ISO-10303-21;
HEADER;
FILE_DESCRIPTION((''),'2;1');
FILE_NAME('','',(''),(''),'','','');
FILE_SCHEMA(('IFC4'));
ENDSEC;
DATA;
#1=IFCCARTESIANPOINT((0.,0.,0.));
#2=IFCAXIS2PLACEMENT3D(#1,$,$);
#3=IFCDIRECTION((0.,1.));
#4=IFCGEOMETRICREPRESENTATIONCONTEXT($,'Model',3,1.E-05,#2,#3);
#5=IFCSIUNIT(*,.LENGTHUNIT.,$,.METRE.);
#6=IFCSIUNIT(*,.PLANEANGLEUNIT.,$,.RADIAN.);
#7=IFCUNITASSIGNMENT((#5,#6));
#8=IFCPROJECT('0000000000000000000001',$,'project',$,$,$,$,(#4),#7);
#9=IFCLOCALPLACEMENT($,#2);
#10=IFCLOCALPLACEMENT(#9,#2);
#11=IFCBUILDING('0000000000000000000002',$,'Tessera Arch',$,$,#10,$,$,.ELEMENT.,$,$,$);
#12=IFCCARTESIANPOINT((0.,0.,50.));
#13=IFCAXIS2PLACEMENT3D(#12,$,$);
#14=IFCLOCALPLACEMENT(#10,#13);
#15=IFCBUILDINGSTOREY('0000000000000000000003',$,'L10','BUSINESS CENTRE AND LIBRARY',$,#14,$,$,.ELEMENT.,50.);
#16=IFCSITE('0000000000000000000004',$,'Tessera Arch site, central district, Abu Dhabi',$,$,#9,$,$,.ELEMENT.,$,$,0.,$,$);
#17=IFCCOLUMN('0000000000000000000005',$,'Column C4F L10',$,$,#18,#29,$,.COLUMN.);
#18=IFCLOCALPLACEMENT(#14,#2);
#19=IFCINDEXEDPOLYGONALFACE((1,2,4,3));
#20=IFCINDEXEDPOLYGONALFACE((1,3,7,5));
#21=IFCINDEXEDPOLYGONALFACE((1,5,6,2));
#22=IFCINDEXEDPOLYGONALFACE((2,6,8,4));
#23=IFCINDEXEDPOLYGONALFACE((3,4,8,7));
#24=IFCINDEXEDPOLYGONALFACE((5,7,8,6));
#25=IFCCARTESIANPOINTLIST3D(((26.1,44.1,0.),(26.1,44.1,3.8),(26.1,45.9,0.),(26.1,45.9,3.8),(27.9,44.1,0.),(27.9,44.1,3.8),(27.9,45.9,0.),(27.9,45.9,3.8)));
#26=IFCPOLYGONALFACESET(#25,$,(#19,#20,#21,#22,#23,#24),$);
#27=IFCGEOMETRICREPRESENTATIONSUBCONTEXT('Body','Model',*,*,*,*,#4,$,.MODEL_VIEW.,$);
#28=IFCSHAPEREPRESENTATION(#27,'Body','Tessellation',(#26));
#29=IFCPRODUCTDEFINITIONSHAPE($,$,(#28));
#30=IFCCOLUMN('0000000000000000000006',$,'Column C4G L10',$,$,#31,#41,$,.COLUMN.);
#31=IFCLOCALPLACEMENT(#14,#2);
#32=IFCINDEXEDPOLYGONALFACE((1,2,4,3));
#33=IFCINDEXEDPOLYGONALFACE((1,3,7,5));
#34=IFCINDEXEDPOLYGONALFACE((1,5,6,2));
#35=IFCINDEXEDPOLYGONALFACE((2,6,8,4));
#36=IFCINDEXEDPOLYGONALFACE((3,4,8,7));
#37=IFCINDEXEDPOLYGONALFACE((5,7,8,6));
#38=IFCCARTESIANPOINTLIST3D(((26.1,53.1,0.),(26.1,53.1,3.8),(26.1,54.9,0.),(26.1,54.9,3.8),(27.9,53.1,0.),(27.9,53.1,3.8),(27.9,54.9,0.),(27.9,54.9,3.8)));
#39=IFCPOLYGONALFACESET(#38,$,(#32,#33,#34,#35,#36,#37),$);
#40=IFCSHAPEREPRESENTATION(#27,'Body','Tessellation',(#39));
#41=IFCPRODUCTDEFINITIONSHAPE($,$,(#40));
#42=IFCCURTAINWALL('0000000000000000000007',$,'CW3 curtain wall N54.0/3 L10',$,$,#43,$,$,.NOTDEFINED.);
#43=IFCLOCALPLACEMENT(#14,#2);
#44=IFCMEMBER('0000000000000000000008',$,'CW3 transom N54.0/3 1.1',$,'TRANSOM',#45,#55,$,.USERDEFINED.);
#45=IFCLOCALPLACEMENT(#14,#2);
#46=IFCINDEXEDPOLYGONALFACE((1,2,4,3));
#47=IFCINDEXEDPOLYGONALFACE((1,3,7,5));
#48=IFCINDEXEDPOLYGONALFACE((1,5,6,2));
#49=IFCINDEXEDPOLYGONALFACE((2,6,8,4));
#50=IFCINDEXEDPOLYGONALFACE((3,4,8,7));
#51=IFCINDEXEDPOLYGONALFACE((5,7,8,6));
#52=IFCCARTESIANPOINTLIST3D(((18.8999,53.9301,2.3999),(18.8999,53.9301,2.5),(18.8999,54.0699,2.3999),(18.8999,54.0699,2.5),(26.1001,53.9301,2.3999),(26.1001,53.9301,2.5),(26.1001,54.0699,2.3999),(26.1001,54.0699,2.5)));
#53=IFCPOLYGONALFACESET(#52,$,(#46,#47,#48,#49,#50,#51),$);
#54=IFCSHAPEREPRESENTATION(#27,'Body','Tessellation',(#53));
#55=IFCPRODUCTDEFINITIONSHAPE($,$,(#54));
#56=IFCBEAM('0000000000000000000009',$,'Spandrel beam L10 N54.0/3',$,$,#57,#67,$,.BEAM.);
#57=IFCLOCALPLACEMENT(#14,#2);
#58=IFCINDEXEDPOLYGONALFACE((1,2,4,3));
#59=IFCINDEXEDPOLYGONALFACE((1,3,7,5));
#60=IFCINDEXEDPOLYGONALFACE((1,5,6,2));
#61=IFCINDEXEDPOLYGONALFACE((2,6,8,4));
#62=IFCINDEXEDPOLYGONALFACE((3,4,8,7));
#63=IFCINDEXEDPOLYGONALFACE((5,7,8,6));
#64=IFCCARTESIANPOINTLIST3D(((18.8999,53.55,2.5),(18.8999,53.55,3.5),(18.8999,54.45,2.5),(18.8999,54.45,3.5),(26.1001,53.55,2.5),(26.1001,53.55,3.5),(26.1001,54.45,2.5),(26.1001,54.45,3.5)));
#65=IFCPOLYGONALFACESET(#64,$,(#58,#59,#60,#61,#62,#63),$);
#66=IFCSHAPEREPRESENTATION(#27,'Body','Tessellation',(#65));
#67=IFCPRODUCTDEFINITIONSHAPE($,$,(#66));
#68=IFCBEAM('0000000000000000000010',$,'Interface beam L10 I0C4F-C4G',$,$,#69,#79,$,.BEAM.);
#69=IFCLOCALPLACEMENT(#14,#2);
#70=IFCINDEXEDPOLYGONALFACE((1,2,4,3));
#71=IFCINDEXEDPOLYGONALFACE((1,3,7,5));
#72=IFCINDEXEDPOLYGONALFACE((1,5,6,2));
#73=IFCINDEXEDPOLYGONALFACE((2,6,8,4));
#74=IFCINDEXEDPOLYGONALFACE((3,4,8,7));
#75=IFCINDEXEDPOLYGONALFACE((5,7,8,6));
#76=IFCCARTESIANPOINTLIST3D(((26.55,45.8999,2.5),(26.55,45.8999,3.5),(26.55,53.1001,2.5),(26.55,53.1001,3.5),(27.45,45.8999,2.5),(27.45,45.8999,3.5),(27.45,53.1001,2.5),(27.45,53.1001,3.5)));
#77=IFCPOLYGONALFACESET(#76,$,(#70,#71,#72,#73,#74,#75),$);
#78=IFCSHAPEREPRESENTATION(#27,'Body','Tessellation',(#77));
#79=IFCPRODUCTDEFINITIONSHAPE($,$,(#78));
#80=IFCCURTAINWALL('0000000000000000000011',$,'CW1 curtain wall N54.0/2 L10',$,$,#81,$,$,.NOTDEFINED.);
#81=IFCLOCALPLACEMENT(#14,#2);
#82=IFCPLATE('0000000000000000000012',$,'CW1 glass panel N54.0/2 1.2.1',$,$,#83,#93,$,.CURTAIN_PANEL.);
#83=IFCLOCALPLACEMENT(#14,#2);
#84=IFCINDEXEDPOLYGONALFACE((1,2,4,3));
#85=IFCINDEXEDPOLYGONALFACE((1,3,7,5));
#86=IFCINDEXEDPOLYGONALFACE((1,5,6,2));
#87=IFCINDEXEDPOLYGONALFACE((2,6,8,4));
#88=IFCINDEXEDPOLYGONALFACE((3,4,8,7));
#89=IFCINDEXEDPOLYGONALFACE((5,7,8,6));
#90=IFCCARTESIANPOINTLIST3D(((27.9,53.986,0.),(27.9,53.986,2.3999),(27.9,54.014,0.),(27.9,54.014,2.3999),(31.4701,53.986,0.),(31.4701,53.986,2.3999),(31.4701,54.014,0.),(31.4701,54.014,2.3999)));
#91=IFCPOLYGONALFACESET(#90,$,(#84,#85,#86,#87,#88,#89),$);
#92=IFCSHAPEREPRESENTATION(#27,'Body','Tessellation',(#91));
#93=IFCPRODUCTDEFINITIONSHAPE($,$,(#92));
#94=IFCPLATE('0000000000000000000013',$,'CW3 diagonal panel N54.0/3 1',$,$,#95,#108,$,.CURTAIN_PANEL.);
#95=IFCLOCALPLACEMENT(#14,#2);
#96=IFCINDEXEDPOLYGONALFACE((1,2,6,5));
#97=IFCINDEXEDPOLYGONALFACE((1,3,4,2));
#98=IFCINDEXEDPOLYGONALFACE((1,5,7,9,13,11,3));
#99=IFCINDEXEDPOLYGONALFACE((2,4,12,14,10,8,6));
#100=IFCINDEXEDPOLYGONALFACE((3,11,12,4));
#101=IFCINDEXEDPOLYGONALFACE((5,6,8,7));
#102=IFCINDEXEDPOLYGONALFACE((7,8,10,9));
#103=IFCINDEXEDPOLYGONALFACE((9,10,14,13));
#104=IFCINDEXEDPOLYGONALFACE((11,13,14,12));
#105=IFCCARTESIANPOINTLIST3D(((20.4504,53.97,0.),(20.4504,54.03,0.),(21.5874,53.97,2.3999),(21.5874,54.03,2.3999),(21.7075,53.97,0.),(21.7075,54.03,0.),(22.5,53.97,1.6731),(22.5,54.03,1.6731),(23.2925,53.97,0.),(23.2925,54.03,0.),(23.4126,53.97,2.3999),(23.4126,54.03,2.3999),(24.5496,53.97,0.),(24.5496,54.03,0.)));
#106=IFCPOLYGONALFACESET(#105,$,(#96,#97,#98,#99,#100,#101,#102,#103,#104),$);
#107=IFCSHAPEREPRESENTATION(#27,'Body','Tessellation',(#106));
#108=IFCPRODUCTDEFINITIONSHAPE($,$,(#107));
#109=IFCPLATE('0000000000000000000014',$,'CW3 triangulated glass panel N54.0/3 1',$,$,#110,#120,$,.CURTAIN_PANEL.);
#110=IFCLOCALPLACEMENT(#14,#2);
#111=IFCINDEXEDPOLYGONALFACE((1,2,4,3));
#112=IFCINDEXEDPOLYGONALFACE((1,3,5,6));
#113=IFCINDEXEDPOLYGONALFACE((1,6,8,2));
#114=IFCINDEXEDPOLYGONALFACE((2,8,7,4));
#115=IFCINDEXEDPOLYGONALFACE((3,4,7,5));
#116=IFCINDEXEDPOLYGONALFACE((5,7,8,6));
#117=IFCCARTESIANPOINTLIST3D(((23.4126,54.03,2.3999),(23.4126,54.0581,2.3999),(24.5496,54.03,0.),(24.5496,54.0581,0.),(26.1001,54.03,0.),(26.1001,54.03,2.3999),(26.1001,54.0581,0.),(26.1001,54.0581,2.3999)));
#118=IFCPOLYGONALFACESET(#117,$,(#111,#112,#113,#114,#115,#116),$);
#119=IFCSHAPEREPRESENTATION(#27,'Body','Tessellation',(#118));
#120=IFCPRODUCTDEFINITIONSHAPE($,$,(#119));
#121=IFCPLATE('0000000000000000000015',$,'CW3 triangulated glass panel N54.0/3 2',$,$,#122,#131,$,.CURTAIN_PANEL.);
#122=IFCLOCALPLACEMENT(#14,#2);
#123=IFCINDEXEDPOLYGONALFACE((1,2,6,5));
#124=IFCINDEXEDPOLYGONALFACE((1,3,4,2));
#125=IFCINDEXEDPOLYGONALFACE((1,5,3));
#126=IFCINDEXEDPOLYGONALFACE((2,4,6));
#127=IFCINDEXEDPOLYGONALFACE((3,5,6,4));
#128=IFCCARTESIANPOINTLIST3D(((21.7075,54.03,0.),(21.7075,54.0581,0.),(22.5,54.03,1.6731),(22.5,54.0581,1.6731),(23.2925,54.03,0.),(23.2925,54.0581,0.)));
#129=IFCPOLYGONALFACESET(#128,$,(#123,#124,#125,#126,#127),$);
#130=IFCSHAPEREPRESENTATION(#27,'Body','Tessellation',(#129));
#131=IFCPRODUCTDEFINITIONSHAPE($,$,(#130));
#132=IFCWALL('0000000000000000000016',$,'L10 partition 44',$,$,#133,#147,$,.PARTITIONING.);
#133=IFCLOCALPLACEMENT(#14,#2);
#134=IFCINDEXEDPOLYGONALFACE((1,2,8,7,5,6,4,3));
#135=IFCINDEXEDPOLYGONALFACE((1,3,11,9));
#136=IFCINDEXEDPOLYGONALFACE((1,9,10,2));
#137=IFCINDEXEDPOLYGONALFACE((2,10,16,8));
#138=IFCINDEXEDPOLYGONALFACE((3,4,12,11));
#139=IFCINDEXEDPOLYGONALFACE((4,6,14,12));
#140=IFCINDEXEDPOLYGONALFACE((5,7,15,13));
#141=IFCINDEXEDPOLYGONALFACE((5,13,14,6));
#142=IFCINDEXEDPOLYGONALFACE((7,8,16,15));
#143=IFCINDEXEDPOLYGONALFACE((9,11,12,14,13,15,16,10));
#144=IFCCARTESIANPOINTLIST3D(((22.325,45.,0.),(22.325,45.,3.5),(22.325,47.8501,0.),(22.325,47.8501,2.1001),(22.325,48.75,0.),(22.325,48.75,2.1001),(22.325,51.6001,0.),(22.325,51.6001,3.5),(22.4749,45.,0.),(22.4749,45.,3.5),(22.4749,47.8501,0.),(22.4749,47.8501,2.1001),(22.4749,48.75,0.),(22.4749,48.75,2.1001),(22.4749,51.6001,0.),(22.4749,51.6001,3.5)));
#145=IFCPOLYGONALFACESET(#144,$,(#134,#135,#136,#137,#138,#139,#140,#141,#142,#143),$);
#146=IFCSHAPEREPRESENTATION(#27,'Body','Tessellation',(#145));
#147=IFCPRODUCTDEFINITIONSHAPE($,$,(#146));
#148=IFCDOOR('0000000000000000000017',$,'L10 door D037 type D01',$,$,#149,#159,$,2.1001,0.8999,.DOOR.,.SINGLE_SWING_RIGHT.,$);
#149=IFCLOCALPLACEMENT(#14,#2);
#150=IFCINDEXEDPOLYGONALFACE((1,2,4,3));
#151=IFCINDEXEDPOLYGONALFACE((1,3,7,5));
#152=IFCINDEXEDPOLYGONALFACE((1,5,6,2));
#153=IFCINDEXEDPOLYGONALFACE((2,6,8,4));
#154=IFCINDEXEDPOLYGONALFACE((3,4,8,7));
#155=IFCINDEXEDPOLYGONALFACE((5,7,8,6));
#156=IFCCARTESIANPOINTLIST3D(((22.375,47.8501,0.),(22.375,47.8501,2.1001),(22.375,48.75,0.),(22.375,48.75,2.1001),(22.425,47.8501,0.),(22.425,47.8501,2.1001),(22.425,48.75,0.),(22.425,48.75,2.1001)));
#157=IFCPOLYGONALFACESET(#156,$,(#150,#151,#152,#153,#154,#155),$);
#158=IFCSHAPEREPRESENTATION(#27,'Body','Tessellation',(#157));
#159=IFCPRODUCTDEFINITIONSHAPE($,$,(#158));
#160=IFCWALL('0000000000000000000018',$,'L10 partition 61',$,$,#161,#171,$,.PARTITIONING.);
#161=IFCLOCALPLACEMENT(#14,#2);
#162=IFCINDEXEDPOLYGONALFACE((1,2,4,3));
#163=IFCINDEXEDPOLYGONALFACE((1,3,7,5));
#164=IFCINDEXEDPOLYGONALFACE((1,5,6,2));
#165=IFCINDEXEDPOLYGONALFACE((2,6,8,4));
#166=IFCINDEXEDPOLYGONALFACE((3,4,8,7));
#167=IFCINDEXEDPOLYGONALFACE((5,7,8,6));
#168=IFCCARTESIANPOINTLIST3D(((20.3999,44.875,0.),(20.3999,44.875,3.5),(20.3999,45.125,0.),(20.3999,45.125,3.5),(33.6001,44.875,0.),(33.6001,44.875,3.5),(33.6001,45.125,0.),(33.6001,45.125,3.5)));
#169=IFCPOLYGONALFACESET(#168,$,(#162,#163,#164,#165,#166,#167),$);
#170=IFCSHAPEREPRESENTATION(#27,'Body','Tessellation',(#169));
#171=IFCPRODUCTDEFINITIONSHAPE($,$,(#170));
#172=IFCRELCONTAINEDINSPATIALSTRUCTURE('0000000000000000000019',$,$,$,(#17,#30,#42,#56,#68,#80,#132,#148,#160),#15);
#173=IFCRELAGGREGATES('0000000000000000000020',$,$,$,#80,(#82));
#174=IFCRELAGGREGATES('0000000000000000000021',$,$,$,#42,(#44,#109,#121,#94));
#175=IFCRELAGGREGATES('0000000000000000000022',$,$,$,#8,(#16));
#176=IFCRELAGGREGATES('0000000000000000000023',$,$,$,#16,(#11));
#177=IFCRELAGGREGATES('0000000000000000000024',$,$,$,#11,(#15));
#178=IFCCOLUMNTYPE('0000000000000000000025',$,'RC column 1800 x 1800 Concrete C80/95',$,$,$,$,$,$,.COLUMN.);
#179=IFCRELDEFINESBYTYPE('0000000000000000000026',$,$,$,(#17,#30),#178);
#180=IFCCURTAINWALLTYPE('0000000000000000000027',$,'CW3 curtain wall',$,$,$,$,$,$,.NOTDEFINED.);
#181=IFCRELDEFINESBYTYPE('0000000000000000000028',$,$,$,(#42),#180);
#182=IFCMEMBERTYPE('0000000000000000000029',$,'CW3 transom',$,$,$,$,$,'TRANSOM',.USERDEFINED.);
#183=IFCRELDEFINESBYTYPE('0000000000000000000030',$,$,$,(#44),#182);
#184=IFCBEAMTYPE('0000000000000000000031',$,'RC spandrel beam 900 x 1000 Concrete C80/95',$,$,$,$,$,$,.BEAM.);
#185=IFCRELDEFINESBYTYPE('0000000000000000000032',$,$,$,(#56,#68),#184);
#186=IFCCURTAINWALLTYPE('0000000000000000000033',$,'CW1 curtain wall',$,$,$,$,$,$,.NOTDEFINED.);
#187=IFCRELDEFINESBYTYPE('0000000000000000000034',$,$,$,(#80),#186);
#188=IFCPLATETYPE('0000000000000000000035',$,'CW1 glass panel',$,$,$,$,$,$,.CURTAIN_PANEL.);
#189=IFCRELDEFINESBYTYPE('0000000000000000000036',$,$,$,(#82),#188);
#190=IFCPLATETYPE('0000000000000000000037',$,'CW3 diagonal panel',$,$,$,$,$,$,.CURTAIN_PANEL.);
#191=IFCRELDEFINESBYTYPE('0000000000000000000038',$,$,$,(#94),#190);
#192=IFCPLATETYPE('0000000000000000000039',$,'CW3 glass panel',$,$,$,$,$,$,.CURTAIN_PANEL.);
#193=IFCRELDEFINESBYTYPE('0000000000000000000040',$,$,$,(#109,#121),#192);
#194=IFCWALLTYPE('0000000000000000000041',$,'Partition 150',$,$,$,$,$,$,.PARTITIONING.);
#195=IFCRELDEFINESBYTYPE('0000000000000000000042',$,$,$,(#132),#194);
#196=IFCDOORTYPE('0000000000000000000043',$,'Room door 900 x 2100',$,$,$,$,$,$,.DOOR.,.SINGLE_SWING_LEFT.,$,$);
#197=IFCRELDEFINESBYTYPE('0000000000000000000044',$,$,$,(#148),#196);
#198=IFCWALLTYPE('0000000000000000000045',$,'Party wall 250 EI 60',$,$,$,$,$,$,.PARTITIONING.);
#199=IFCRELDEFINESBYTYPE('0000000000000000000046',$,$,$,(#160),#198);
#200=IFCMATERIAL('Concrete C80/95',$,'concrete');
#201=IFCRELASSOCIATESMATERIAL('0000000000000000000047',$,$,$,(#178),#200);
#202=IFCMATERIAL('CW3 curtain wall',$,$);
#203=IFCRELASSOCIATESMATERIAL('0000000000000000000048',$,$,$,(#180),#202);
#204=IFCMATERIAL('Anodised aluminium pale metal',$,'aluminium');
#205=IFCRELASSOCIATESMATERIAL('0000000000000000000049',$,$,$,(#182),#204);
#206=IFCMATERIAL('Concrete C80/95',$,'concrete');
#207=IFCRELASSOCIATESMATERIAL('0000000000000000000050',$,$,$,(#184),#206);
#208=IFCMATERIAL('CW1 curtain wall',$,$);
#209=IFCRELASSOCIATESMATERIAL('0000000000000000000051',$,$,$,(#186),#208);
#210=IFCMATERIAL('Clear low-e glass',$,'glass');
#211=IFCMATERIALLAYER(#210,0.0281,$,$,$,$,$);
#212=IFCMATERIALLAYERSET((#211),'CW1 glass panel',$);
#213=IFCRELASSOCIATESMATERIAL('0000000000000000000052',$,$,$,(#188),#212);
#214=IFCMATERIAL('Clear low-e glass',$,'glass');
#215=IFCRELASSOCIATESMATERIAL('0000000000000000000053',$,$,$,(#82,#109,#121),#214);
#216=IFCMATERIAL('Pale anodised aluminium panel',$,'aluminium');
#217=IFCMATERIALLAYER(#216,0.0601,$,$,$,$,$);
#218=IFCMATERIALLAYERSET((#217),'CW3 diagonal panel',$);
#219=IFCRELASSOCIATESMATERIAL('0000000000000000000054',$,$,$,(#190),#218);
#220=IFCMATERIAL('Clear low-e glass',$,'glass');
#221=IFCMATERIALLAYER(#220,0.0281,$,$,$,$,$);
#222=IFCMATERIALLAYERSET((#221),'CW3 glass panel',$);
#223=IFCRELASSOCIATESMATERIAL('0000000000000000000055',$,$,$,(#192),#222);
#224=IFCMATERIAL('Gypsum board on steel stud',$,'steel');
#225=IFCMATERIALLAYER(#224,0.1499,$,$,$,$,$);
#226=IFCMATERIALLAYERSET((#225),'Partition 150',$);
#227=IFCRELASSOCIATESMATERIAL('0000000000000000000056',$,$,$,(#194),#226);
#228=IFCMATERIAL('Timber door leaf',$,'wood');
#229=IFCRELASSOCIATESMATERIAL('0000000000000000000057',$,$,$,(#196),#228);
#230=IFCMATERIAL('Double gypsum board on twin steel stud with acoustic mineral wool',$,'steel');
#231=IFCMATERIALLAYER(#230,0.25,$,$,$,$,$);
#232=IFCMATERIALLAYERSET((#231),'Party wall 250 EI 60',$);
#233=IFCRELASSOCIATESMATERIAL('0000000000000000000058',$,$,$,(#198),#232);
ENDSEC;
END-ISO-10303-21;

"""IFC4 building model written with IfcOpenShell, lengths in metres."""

from ifc_helpers import new_model, si_unit, direction, frame, frame_2d, origin, origin_2d, place, context, subcontext, project, spatial, polyline, rectangle, outline, extrude, material, layer, layer_set, material_profile, profile_set, type_object, element, fill, aggregate, save


model = new_model("IFC4")

# Units and contexts
model_context = context("Model", 3, precision=1e-05, world=origin(), true_north=direction((0.0, 1.0)))
body_context = subcontext(model_context, "Body", "Model", "MODEL_VIEW")
ifc_project = project(units=[si_unit("LENGTHUNIT", "METRE"), si_unit("PLANEANGLEUNIT", "RADIAN")], contexts=[model_context])

# Site, building, storey
site_placement = place(None, origin())
site = spatial("IfcSite", under=ifc_project, at=site_placement, Name="Tessera Arch site, central district, Abu Dhabi", CompositionType="ELEMENT", RefElevation=0.0)
building_placement = place(site_placement, origin())
building = spatial("IfcBuilding", under=site, at=building_placement, Name="Tessera Arch", CompositionType="ELEMENT")
storey_placement = place(building_placement, frame((0.0, 0.0, 50.0)))
storey = spatial("IfcBuildingStorey", under=building, at=storey_placement, Name="L10", Description="BUSINESS CENTRE AND LIBRARY", CompositionType="ELEMENT", Elevation=50.0)

# Columns
ifc_material_1 = material(Name="Concrete C80/95", Category="concrete")
ifc_material_profile_1 = material_profile(ifc_material_1, rectangle(XDim=1.8, YDim=1.8, at=origin_2d()), Name="RC column 1800 x 1800 Concrete C80/95")
ifc_profile_set_1 = profile_set([ifc_material_profile_1], Name="Concrete C80/95")
column_type = type_object("IfcColumnType", Name="RC column 1800 x 1800 Concrete C80/95", PredefinedType="COLUMN", material=ifc_profile_set_1)
for number, where, z_axis, x_axis, name in (
    (1, (27.0, 45.0, 0.0), (0.0, 0.0, 1.0), (1.0, 0.0, 0.0), "Column C4F L10"),
    (2, (27.0, 54.0, 0.0), (0.0, 0.0, 1.0), (1.0, 0.0, 0.0), "Column C4G L10"),
):
    element("IfcColumn", number, at=place(storey_placement, frame(where, z_axis=z_axis, x_axis=x_axis)), inside=storey, type_object=column_type, Name=name, PredefinedType="COLUMN", context=body_context, shape_type="SweptSolid", body=[
        extrude(rectangle(XDim=1.8, YDim=1.8, at=origin_2d()), origin(), (0.0, 0.0, 1.0), 3.8),
    ])

# Curtain wall, member
ifc_material_2 = material(Name="CW3 curtain wall")
curtain_wall_type_1 = type_object("IfcCurtainWallType", Name="CW3 curtain wall", PredefinedType="NOTDEFINED", material=ifc_material_2)
curtain_wall_1_placement = place(storey_placement, origin())
curtain_wall_1 = element("IfcCurtainWall", 3, at=curtain_wall_1_placement, inside=storey, type_object=curtain_wall_type_1, Name="CW3 curtain wall N54.0/3 L10", PredefinedType="NOTDEFINED")
ifc_material_3 = material(Name="Anodised aluminium pale metal", Category="aluminium")
ifc_material_profile_2 = material_profile(ifc_material_3, rectangle(XDim=0.1399, YDim=0.1001, at=origin_2d()), Name="AL 140x100")
ifc_profile_set_2 = profile_set([ifc_material_profile_2], Name="Anodised aluminium pale metal")
member_type = type_object("IfcMemberType", Name="CW3 transom", ElementType="TRANSOM", PredefinedType="USERDEFINED", material=ifc_profile_set_2)
member_placement = place(storey_placement, frame((26.1001, 54.0, 2.45), z_axis=(-1.0, 0.0, 0.0), x_axis=(0.0, -1.0, 0.0)))
member = element("IfcMember", 4, at=member_placement, type_object=member_type, Name="CW3 transom N54.0/3 1.1", ObjectType="TRANSOM", PredefinedType="USERDEFINED", context=body_context, shape_type="SweptSolid", body=[
    extrude(rectangle(XDim=0.1399, YDim=0.1001, at=origin_2d()), origin(), (0.0, 0.0, 1.0), 7.2002),
])

# Beams
ifc_material_4 = material(Name="Concrete C80/95", Category="concrete")
ifc_material_profile_3 = material_profile(ifc_material_4, rectangle(XDim=0.8999, YDim=1.0, at=origin_2d()), Name="RC spandrel beam 900 x 1000 Concrete C80/95")
ifc_profile_set_3 = profile_set([ifc_material_profile_3], Name="Concrete C80/95")
beam_type = type_object("IfcBeamType", Name="RC spandrel beam 900 x 1000 Concrete C80/95", PredefinedType="BEAM", material=ifc_profile_set_3)
for number, where, z_axis, x_axis, name in (
    (5, (26.1001, 54.0, 3.0), (-1.0, 0.0, 0.0), (0.0, -1.0, 0.0), "Spandrel beam L10 N54.0/3"),
    (6, (27.0, 45.8999, 3.0), (0.0, 1.0, 0.0), (-1.0, 0.0, 0.0), "Interface beam L10 I0C4F-C4G"),
):
    element("IfcBeam", number, at=place(storey_placement, frame(where, z_axis=z_axis, x_axis=x_axis)), inside=storey, type_object=beam_type, Name=name, PredefinedType="BEAM", context=body_context, shape_type="SweptSolid", body=[
        extrude(rectangle(XDim=0.8999, YDim=1.0, at=origin_2d()), origin(), (0.0, 0.0, 1.0), 7.2002),
    ])

# Curtain wall, plate
ifc_material_5 = material(Name="CW1 curtain wall")
curtain_wall_type_2 = type_object("IfcCurtainWallType", Name="CW1 curtain wall", PredefinedType="NOTDEFINED", material=ifc_material_5)
curtain_wall_2_placement = place(storey_placement, origin())
curtain_wall_2 = element("IfcCurtainWall", 7, at=curtain_wall_2_placement, inside=storey, type_object=curtain_wall_type_2, Name="CW1 curtain wall N54.0/2 L10", PredefinedType="NOTDEFINED")
ifc_material_6 = material(Name="Clear low-e glass", Category="glass")
ifc_material_7 = material(Name="Clear low-e glass", Category="glass")
ifc_layer_1 = layer(ifc_material_7, 0.0281)
ifc_layer_set_1 = layer_set([ifc_layer_1], Name="CW1 glass panel")
plate_type_1 = type_object("IfcPlateType", Name="CW1 glass panel", PredefinedType="CURTAIN_PANEL", material=ifc_layer_set_1)
plate_1_placement = place(storey_placement, frame((29.6851, 54.0, 0.0), z_axis=(0.0, 0.0, 1.0), x_axis=(-1.0, 0.0, 0.0)))
plate_1 = element("IfcPlate", 8, at=plate_1_placement, type_object=plate_type_1, material=ifc_material_6, Name="CW1 glass panel N54.0/2 1.2.1", PredefinedType="CURTAIN_PANEL", context=body_context, shape_type="SweptSolid", body=[
    extrude(rectangle(XDim=3.5701, YDim=0.0281, at=origin_2d()), origin(), (0.0, 0.0, 1.0), 2.3999),
])
aggregate(curtain_wall_2, [plate_1])

# Plates
ifc_material_8 = material(Name="Pale anodised aluminium panel", Category="aluminium")
ifc_layer_2 = layer(ifc_material_8, 0.0601)
ifc_layer_set_2 = layer_set([ifc_layer_2], Name="CW3 diagonal panel")
plate_type_2 = type_object("IfcPlateType", Name="CW3 diagonal panel", PredefinedType="CURTAIN_PANEL", material=ifc_layer_set_2)
plate_2_placement = place(storey_placement, frame((21.5874, 54.03, 2.3999), z_axis=(0.0, 1.0, 0.0), x_axis=(1.0, 0.0, 0.0)))
plate_2 = element("IfcPlate", 9, at=plate_2_placement, type_object=plate_type_2, Name="CW3 diagonal panel N54.0/3 1", PredefinedType="CURTAIN_PANEL", context=body_context, shape_type="SweptSolid", body=[
    extrude(outline(polyline([(0.0, 0.0), (1.8252, 0.0), (2.9622, 2.3999), (1.7051, 2.3999), (0.9126, 0.7268), (0.1201, 2.3999), (-1.137, 2.3999), (0.0, 0.0)])), origin(), (0.0, 0.0, -1.0), 0.0601),
])
ifc_material_9 = material(Name="Clear low-e glass", Category="glass")
ifc_layer_3 = layer(ifc_material_9, 0.0281)
ifc_layer_set_3 = layer_set([ifc_layer_3], Name="CW3 glass panel")
plate_type_3 = type_object("IfcPlateType", Name="CW3 glass panel", PredefinedType="CURTAIN_PANEL", material=ifc_layer_set_3)
plate_3_placement = place(storey_placement, frame((26.1001, 54.0581, 0.0), z_axis=(0.0, 1.0, 0.0), x_axis=(-1.0, 0.0, 0.0)))
plate_3 = element("IfcPlate", 10, at=plate_3_placement, type_object=plate_type_3, material=ifc_material_6, Name="CW3 triangulated glass panel N54.0/3 1", PredefinedType="CURTAIN_PANEL", context=body_context, shape_type="SweptSolid", body=[
    extrude(outline(polyline([(0.0, 0.0), (1.5505, 0.0), (2.6875, 2.3999), (0.0, 2.3999), (0.0, 0.0)])), origin(), (0.0, 0.0, -1.0), 0.0281),
])
plate_4_placement = place(storey_placement, frame((23.2925, 54.0581, 0.0), z_axis=(0.0, 1.0, 0.0), x_axis=(-1.0, 0.0, 0.0)))
plate_4 = element("IfcPlate", 11, at=plate_4_placement, type_object=plate_type_3, material=ifc_material_6, Name="CW3 triangulated glass panel N54.0/3 2", PredefinedType="CURTAIN_PANEL", context=body_context, shape_type="SweptSolid", body=[
    extrude(outline(polyline([(0.0, 0.0), (1.585, 0.0), (0.7925, 1.6731), (0.0, 0.0)])), origin(), (0.0, 0.0, -1.0), 0.0281),
])
aggregate(curtain_wall_1, [member, plate_3, plate_4, plate_2])

# Wall, opening, door
ifc_material_10 = material(Name="Gypsum board on steel stud", Category="steel")
ifc_layer_4 = layer(ifc_material_10, 0.1499)
ifc_layer_set_4 = layer_set([ifc_layer_4], Name="Partition 150")
wall_type_1 = type_object("IfcWallType", Name="Partition 150", PredefinedType="PARTITIONING", material=ifc_layer_set_4)
wall_1_placement = place(storey_placement, frame((22.3999, 45.0, 0.0), z_axis=(0.0, 0.0, 1.0), x_axis=(0.0, 1.0, 0.0)))
wall_1 = element("IfcWall", 12, at=wall_1_placement, inside=storey, type_object=wall_type_1, Name="L10 partition 44", PredefinedType="PARTITIONING", context=body_context, shape_type="SweptSolid", body=[
    extrude(rectangle(XDim=6.6001, YDim=0.1499, at=frame_2d((3.3, 0.0))), origin(), (0.0, 0.0, 1.0), 3.5),
])
opening_1_placement = place(wall_1_placement, frame((2.8501, 0.0, 0.0)))
opening_1 = element("IfcOpeningElement", 13, at=opening_1_placement, cuts=wall_1, PredefinedType="OPENING", context=body_context, shape_type="SweptSolid", body=[
    extrude(rectangle(XDim=0.8999, YDim=2.1001, at=frame_2d((0.45, 1.05))), frame((0.0, 0.085, 0.0), z_axis=(0.0, -1.0, 0.0), x_axis=(1.0, 0.0, 0.0)), (0.0, 0.0, 1.0), 0.1699),
])
ifc_material_11 = material(Name="Timber door leaf", Category="wood")
door_type_1 = type_object("IfcDoorType", Name="Room door 900 x 2100", OperationType="SINGLE_SWING_LEFT", PredefinedType="DOOR", material=ifc_material_11)
door_1_placement = place(opening_1_placement, origin())
door_1 = element("IfcDoor", 14, at=door_1_placement, inside=storey, type_object=door_type_1, Name="L10 door D037 type D01", OperationType="SINGLE_SWING_RIGHT", OverallHeight=2.1001, OverallWidth=0.8999, PredefinedType="DOOR", context=body_context, shape_type="SweptSolid", body=[
    extrude(rectangle(XDim=0.8999, YDim=2.1001, at=frame_2d((0.45, 1.05))), frame((0.0, 0.0249, 0.0), z_axis=(0.0, -1.0, 0.0), x_axis=(1.0, 0.0, 0.0)), (0.0, 0.0, 1.0), 0.05),
])
fill(opening_1, door_1)

# Wall
ifc_material_12 = material(Name="Double gypsum board on twin steel stud with acoustic mineral wool", Category="steel")
ifc_layer_5 = layer(ifc_material_12, 0.25)
ifc_layer_set_5 = layer_set([ifc_layer_5], Name="Party wall 250 EI 60")
wall_type_2 = type_object("IfcWallType", Name="Party wall 250 EI 60", PredefinedType="PARTITIONING", material=ifc_layer_set_5)
wall_2_placement = place(storey_placement, frame((20.3999, 45.0, 0.0), z_axis=(0.0, 0.0, 1.0), x_axis=(1.0, 0.0, 0.0)))
element("IfcWall", 15, at=wall_2_placement, inside=storey, type_object=wall_type_2, Name="L10 partition 61", PredefinedType="PARTITIONING", context=body_context, shape_type="SweptSolid", body=[
    extrude(rectangle(XDim=13.2002, YDim=0.25, at=frame_2d((6.6001, 0.0))), origin(), (0.0, 0.0, 1.0), 3.5),
])

save(model, "model.ifc")
